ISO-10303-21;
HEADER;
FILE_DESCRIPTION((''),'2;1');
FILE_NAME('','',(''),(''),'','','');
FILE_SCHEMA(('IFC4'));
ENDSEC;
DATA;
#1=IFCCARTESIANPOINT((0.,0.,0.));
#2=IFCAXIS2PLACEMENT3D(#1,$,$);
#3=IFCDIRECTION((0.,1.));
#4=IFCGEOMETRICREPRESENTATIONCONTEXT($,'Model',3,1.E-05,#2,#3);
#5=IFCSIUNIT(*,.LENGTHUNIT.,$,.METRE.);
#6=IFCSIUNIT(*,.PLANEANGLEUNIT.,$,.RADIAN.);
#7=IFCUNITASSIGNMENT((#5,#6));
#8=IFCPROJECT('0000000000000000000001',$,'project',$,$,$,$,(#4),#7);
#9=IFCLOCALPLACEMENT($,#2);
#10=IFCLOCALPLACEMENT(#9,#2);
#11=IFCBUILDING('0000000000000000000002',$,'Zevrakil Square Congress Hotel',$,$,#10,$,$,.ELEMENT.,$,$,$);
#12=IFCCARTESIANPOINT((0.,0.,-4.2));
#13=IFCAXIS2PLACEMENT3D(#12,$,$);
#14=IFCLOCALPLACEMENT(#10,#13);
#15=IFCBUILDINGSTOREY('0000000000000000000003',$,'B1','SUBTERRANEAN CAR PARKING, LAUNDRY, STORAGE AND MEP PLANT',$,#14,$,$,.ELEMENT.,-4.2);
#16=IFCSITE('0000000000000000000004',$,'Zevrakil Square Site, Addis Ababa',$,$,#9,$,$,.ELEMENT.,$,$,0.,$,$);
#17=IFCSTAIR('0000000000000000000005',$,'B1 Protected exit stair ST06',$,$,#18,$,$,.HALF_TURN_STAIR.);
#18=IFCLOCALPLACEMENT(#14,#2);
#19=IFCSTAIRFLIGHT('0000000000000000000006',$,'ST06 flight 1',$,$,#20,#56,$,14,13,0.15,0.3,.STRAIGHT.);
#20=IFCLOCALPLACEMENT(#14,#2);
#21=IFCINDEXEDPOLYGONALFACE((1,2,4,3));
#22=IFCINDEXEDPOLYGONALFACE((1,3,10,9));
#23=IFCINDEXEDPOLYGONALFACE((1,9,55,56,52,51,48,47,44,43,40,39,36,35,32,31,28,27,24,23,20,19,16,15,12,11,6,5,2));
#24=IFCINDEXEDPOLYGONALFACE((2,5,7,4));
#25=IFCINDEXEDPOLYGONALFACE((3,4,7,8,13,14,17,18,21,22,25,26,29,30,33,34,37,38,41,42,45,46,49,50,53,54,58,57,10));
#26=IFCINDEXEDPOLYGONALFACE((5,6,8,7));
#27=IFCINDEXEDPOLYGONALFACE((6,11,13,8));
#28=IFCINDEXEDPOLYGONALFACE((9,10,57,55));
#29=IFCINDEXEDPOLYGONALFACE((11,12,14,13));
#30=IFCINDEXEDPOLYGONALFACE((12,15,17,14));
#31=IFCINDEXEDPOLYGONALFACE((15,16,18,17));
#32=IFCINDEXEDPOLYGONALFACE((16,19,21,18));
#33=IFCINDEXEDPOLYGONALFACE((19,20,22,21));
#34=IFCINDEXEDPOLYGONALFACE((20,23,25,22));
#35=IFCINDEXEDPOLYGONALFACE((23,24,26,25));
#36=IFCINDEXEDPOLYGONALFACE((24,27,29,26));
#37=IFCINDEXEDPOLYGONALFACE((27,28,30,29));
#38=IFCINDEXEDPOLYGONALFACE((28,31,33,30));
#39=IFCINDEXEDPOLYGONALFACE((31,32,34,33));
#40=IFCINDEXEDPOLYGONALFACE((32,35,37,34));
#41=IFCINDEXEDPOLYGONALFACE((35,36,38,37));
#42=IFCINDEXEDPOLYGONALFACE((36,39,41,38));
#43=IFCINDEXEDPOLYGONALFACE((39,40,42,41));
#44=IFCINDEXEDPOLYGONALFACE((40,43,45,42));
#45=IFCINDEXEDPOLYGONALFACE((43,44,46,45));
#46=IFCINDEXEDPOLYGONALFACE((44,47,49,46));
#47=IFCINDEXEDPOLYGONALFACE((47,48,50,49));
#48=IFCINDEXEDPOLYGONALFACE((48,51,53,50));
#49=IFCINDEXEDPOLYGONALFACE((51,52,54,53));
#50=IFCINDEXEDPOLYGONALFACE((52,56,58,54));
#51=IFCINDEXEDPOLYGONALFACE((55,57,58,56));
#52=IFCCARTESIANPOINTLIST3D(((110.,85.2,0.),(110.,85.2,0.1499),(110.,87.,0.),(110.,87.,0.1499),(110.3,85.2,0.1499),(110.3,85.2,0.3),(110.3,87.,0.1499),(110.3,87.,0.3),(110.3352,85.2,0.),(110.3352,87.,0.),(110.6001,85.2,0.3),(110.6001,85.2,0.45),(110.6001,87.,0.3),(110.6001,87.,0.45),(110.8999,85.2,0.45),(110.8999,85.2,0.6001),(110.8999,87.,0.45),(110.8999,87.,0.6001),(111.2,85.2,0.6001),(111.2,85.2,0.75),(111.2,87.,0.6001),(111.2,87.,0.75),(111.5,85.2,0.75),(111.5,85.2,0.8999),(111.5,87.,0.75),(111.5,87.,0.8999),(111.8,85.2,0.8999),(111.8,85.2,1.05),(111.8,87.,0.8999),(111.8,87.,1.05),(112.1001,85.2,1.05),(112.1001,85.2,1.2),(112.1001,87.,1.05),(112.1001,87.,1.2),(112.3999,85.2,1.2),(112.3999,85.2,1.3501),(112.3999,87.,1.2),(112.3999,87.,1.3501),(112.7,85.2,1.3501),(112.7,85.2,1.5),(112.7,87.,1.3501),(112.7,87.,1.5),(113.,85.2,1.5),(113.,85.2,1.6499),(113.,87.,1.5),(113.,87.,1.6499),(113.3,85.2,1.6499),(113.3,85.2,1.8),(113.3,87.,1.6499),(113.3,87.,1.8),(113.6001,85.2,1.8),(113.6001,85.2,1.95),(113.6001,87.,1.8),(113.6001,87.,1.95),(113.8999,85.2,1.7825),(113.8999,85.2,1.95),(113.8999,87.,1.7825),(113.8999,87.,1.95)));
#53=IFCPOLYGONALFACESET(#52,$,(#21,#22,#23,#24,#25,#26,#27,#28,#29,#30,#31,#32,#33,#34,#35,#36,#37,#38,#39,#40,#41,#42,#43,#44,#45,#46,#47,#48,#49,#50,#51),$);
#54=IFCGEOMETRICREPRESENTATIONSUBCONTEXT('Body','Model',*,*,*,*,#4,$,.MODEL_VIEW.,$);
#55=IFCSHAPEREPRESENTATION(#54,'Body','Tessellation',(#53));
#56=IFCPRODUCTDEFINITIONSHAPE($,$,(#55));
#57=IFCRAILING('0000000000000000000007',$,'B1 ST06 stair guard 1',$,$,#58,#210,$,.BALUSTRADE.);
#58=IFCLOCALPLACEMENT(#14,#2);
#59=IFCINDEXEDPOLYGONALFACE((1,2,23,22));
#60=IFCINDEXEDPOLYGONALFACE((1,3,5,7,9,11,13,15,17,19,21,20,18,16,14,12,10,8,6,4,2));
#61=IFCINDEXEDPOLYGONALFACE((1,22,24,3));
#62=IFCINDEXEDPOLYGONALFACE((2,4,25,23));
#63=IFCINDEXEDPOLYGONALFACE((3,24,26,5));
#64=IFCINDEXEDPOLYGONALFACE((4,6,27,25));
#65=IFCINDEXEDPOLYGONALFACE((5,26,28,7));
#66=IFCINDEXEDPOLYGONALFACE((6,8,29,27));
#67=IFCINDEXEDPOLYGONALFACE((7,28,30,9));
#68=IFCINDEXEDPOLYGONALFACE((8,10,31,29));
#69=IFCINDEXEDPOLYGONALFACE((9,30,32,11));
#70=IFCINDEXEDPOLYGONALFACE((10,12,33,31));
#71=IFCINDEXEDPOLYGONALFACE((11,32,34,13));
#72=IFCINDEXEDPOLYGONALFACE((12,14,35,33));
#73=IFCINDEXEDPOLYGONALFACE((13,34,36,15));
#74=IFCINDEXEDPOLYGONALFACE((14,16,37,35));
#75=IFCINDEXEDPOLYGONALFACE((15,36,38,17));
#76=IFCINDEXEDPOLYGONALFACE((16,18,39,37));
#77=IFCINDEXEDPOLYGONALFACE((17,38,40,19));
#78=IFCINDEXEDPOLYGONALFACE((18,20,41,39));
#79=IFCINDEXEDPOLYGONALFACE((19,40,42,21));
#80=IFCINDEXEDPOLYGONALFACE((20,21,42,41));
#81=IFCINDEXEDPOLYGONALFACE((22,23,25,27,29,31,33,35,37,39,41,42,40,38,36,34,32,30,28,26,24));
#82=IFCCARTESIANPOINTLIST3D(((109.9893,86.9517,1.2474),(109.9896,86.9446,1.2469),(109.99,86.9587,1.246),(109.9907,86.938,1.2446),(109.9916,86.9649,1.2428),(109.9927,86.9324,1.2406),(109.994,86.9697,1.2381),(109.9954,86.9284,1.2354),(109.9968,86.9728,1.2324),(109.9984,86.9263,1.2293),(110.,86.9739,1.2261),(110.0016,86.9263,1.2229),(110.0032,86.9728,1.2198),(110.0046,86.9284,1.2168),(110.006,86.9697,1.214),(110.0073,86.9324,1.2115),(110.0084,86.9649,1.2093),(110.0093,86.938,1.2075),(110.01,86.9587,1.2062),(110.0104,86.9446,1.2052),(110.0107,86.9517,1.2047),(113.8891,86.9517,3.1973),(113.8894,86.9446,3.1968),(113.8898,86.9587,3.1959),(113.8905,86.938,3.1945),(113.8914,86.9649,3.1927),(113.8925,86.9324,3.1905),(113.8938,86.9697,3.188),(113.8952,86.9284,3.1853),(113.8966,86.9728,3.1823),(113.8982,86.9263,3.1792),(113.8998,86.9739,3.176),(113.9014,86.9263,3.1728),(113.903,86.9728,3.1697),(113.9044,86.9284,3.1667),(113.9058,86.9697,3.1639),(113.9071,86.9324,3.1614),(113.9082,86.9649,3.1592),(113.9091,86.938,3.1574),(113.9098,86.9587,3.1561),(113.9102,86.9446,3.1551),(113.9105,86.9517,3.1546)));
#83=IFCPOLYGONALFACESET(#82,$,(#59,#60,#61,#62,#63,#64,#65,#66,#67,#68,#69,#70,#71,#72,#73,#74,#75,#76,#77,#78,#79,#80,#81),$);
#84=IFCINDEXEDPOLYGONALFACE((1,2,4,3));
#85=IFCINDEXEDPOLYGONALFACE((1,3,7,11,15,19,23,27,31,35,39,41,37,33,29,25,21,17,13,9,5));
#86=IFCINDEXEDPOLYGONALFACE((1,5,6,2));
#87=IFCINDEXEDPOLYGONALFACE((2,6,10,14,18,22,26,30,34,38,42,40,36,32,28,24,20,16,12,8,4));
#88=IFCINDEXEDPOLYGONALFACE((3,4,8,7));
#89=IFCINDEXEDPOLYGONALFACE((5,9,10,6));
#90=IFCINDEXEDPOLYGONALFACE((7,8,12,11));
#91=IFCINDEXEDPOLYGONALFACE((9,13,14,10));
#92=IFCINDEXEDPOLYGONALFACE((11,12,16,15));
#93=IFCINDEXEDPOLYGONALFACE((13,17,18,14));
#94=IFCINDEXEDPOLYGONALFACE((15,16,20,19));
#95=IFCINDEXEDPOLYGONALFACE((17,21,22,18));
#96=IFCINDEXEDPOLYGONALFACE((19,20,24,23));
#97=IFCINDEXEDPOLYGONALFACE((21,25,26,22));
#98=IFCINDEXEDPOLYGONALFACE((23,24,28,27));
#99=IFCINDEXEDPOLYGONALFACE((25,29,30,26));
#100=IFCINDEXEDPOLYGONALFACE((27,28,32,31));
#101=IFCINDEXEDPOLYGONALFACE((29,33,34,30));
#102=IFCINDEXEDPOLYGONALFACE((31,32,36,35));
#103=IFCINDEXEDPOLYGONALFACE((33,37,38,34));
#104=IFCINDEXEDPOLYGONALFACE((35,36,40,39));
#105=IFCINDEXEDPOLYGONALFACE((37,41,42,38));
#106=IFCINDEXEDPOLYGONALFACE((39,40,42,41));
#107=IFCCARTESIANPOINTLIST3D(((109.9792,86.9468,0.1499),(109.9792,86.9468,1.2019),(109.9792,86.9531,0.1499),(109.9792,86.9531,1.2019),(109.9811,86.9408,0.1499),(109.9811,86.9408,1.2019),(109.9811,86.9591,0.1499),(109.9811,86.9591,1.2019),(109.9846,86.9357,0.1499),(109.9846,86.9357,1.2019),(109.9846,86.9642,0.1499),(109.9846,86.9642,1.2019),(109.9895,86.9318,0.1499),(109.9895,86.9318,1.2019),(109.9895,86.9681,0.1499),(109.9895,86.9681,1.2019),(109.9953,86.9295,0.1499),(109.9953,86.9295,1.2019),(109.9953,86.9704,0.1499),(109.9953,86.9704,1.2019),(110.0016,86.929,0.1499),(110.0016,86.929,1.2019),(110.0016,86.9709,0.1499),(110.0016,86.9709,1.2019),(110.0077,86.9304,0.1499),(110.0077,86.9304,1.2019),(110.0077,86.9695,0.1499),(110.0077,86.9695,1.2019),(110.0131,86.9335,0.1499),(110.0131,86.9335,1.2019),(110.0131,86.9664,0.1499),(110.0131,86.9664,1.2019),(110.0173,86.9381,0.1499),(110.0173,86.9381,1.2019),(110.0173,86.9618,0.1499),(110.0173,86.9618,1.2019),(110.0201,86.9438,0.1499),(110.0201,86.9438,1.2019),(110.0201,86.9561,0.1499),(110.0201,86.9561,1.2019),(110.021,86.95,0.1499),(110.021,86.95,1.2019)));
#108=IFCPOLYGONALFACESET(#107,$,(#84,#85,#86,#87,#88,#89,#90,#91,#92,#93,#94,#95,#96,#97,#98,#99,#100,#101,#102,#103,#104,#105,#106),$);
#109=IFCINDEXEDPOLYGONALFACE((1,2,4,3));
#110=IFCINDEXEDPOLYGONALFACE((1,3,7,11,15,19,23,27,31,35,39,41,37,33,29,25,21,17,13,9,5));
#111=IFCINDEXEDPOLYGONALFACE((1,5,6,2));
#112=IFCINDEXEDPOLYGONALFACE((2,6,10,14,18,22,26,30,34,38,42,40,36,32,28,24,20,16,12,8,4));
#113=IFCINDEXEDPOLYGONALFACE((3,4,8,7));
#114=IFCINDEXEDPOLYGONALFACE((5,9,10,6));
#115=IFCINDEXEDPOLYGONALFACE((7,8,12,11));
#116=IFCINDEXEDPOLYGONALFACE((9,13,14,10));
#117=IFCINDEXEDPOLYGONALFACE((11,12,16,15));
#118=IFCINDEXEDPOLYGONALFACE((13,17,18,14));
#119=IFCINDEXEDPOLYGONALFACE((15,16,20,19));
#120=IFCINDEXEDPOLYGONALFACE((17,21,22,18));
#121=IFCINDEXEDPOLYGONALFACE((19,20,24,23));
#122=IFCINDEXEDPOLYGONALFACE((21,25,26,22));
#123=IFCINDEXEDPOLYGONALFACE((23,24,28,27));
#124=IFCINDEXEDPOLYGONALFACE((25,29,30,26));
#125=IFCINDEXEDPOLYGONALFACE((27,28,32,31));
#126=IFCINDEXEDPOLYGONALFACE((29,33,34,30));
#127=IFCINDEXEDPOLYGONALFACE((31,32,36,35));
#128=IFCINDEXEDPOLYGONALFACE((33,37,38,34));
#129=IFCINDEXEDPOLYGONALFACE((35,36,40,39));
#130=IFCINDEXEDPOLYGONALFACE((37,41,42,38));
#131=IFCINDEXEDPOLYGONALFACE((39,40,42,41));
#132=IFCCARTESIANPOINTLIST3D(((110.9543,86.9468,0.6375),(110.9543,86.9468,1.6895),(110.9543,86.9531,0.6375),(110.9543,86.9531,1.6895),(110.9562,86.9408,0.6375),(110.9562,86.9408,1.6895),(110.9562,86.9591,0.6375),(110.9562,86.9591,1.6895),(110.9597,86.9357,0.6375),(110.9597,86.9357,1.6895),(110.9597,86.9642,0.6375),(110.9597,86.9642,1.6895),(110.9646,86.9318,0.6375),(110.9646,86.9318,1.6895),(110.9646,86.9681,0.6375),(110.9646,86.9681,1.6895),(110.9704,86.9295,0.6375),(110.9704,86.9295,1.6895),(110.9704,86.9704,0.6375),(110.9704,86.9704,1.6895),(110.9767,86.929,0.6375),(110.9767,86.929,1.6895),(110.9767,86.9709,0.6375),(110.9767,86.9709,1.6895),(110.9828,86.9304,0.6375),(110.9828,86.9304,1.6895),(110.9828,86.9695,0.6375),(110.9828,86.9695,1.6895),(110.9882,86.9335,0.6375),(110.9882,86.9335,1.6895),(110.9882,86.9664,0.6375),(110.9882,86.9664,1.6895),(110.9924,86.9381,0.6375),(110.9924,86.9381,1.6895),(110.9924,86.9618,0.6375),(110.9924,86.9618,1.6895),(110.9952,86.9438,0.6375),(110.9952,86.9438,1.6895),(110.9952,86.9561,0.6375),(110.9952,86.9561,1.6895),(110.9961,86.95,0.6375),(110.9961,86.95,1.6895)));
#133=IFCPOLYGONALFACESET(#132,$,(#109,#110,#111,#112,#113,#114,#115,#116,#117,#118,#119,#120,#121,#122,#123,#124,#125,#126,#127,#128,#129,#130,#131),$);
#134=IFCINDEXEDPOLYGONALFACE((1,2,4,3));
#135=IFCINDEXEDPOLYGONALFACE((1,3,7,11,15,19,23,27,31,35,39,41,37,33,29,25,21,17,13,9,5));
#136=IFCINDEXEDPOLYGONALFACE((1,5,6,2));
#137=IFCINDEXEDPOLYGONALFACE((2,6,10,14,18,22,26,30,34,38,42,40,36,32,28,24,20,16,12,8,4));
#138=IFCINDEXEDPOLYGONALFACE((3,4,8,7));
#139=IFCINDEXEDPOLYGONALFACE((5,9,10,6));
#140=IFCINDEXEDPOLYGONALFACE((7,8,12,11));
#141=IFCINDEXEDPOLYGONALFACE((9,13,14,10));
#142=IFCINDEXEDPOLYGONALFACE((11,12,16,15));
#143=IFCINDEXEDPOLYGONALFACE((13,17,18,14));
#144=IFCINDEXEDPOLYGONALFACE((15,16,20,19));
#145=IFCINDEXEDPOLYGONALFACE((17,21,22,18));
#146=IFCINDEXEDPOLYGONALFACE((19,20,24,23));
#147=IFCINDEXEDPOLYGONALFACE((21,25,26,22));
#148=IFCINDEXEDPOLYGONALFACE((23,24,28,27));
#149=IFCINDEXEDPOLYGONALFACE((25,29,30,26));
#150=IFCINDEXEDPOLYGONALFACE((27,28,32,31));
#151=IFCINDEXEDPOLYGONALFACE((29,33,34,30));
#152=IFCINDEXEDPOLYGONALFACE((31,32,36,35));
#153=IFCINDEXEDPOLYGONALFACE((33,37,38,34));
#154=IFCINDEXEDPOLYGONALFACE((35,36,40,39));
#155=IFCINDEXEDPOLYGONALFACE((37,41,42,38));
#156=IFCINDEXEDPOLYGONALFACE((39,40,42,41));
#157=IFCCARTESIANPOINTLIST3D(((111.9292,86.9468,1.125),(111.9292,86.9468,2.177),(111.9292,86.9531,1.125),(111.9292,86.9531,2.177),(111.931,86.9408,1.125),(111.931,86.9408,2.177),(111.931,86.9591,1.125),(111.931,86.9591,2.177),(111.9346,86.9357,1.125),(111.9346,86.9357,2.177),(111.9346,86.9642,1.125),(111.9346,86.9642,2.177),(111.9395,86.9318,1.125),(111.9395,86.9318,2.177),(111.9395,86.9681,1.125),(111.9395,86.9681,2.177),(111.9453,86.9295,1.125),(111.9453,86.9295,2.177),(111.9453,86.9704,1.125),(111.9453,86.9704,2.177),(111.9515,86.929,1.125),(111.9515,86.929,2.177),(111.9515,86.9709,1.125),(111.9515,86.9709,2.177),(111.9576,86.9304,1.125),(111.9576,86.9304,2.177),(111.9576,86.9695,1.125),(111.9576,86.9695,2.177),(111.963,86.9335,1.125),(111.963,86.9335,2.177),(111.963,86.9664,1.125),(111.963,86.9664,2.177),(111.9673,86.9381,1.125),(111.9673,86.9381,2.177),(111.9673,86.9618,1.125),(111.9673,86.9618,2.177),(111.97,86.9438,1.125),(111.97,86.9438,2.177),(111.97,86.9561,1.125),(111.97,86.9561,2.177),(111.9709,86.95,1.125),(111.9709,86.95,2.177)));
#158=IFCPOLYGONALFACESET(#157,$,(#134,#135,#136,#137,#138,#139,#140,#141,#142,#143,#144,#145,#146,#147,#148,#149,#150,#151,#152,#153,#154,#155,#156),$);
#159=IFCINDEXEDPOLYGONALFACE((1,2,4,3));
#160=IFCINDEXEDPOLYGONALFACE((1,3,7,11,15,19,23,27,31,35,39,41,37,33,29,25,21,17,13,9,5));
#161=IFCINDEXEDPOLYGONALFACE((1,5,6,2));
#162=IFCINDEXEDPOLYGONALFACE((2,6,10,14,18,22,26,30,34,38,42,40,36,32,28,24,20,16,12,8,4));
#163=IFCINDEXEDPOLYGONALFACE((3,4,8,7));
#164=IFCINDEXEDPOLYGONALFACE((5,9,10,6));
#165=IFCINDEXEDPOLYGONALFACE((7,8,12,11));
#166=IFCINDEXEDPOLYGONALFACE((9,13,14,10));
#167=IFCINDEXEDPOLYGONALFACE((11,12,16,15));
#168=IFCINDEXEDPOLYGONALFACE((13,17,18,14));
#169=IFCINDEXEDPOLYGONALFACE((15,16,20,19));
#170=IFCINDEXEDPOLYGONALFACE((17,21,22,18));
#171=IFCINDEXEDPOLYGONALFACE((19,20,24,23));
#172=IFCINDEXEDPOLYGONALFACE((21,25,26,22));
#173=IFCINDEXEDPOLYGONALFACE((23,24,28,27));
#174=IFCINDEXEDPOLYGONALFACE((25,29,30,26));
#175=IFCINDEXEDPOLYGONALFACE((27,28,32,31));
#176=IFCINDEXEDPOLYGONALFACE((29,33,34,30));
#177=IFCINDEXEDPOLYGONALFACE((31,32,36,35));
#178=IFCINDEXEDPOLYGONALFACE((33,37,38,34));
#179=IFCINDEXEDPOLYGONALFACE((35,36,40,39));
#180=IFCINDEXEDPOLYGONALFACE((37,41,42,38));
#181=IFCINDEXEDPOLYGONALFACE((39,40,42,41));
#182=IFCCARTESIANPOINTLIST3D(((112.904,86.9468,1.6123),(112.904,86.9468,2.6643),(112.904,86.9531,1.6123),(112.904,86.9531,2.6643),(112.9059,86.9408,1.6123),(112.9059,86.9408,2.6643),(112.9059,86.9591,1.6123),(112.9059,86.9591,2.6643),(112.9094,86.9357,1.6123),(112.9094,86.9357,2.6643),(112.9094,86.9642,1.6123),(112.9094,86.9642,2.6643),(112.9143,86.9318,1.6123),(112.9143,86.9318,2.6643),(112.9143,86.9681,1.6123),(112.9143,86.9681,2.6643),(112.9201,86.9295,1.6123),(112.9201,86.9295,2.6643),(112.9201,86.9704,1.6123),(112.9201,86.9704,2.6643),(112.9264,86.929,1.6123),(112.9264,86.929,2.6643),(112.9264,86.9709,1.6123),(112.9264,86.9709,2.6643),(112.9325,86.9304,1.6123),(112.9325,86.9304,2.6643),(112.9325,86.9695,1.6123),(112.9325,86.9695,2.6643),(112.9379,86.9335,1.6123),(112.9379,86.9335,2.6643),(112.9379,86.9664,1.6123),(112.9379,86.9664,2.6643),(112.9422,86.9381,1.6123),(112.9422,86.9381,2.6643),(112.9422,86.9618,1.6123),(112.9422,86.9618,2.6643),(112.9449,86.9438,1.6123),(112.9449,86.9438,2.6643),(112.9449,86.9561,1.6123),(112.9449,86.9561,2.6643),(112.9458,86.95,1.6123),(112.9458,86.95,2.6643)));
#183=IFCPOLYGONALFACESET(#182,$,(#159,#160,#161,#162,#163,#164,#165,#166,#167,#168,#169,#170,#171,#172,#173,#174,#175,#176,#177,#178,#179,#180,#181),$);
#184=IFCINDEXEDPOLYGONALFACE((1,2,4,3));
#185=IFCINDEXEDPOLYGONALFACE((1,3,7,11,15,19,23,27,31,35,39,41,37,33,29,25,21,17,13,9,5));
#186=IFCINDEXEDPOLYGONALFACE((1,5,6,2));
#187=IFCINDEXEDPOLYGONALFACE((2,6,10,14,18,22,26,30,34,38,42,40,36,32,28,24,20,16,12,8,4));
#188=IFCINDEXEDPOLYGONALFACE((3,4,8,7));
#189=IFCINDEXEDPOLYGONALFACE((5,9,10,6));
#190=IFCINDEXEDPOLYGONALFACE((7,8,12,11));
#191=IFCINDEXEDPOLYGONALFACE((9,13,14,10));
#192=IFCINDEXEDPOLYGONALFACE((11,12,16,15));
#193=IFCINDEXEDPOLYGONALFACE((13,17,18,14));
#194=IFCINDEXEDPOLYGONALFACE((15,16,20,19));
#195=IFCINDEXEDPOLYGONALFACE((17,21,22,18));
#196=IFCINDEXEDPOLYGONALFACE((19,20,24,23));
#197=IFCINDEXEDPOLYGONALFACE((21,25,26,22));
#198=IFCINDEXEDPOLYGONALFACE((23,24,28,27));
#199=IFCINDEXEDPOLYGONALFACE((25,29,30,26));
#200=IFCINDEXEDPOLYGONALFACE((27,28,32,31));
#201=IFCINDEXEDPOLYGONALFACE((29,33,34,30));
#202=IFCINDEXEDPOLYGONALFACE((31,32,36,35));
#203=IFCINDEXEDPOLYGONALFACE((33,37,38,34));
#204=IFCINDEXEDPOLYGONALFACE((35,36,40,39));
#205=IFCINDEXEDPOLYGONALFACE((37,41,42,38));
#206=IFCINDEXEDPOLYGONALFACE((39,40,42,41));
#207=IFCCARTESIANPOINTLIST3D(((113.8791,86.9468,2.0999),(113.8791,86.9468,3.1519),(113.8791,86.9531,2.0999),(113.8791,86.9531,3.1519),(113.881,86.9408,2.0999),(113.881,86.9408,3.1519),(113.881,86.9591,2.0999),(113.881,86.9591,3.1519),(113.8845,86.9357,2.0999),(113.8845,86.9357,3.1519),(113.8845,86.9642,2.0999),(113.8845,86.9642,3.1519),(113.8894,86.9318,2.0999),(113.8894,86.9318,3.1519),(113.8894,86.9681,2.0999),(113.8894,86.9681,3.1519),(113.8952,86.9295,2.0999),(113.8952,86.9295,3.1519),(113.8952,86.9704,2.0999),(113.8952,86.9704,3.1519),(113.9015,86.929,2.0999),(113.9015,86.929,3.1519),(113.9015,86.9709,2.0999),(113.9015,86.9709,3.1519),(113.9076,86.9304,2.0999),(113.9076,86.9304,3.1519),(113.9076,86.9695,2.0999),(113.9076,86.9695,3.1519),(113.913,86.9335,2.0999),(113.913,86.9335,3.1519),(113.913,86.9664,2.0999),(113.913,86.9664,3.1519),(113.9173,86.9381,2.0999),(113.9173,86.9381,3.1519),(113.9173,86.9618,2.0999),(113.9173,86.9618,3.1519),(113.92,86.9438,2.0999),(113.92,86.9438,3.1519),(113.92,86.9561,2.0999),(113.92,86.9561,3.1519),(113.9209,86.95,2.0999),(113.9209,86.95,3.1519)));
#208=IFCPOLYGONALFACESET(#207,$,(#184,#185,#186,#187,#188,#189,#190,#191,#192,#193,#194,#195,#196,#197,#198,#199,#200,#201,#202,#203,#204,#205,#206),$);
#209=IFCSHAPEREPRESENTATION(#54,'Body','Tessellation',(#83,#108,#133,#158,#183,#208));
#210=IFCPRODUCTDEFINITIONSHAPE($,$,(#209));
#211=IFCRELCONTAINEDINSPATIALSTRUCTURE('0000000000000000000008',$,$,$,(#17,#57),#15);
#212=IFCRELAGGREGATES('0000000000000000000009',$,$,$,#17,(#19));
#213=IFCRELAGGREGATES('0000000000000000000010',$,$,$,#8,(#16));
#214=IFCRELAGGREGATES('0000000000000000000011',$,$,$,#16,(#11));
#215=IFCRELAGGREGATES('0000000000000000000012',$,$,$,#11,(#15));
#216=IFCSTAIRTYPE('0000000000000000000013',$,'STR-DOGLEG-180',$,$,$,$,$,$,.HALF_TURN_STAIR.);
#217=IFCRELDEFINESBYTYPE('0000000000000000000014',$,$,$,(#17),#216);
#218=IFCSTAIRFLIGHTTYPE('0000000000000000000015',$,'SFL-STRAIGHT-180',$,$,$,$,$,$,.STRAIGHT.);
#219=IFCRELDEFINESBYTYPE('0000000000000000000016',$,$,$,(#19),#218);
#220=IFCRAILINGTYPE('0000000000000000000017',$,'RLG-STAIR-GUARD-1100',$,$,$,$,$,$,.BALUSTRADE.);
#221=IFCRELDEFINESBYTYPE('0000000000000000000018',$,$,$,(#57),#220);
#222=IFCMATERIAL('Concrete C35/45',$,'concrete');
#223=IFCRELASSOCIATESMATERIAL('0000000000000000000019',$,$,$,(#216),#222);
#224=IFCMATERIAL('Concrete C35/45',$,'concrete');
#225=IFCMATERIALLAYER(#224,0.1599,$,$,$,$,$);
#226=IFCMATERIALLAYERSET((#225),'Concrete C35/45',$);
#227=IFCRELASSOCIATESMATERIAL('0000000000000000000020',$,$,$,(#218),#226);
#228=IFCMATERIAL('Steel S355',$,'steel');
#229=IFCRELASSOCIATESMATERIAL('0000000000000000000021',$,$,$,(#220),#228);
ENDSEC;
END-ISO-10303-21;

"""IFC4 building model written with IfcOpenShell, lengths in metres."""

from ifc_helpers import new_model, si_unit, direction, frame, origin, origin_2d, place, context, subcontext, project, spatial, polyline, circle, outline, extrude, material, layer, layer_set, type_object, element, aggregate, save


model = new_model("IFC4")

# Units and contexts
model_context = context("Model", 3, precision=1e-05, world=origin(), true_north=direction((0.0, 1.0)))
body_context = subcontext(model_context, "Body", "Model", "MODEL_VIEW")
ifc_project = project(units=[si_unit("LENGTHUNIT", "METRE"), si_unit("PLANEANGLEUNIT", "RADIAN")], contexts=[model_context])

# Site, building, storey
site_placement = place(None, origin())
site = spatial("IfcSite", under=ifc_project, at=site_placement, Name="Zevrakil Square Site, Addis Ababa", CompositionType="ELEMENT", RefElevation=0.0)
building_placement = place(site_placement, origin())
building = spatial("IfcBuilding", under=site, at=building_placement, Name="Zevrakil Square Congress Hotel", CompositionType="ELEMENT")
storey_placement = place(building_placement, frame((0.0, 0.0, -4.2)))
storey = spatial("IfcBuildingStorey", under=building, at=storey_placement, Name="B1", Description="SUBTERRANEAN CAR PARKING, LAUNDRY, STORAGE AND MEP PLANT", CompositionType="ELEMENT", Elevation=-4.2)

# Stair, stair flight
ifc_material_1 = material(Name="Concrete C35/45", Category="concrete")
stair_type = type_object("IfcStairType", Name="STR-DOGLEG-180", PredefinedType="HALF_TURN_STAIR", material=ifc_material_1)
stair_placement = place(storey_placement, origin())
stair = element("IfcStair", 1, at=stair_placement, inside=storey, type_object=stair_type, Name="B1 Protected exit stair ST06", PredefinedType="HALF_TURN_STAIR")
ifc_material_2 = material(Name="Concrete C35/45", Category="concrete")
ifc_layer_1 = layer(ifc_material_2, 0.1599)
ifc_layer_set_1 = layer_set([ifc_layer_1], Name="Concrete C35/45")
stair_flight_type = type_object("IfcStairFlightType", Name="SFL-STRAIGHT-180", PredefinedType="STRAIGHT", material=ifc_layer_set_1)
stair_flight_placement = place(storey_placement, frame((110.0, 86.1001, 0.0), z_axis=(0.0, 0.0, 1.0), x_axis=(1.0, 0.0, 0.0)))
stair_flight = element("IfcStairFlight", 2, at=stair_flight_placement, type_object=stair_flight_type, Name="ST06 flight 1", NumberOfRisers=14, NumberOfTreads=13, PredefinedType="STRAIGHT", RiserHeight=0.15, TreadLength=0.3, context=body_context, shape_type="SweptSolid", body=[
    extrude(outline(polyline([(0.0, 0.0), (0.0, 0.1499), (0.3, 0.1499), (0.3, 0.3), (0.6001, 0.3), (0.6001, 0.45), (0.8999, 0.45), (0.8999, 0.6001), (1.2, 0.6001), (1.2, 0.75), (1.5, 0.75), (1.5, 0.8999), (1.8, 0.8999), (1.8, 1.05), (2.1001, 1.05), (2.1001, 1.2), (2.3999, 1.2), (2.3999, 1.3501), (2.7, 1.3501), (2.7, 1.5), (3.0, 1.5), (3.0, 1.6499), (3.3, 1.6499), (3.3, 1.8), (3.6001, 1.8), (3.6001, 1.95), (3.8999, 1.95), (3.8999, 2.1001), (3.8999, 1.7825), (0.3352, 0.0), (0.0, 0.0)])), frame((0.0, 0.8999, 0.0), z_axis=(0.0, -1.0, 0.0), x_axis=(1.0, 0.0, 0.0)), (0.0, 0.0, 1.0), 1.8),
])
aggregate(stair, [stair_flight])

# Railing
ifc_material_3 = material(Name="Steel S355", Category="steel")
railing_type_1 = type_object("IfcRailingType", Name="RLG-STAIR-GUARD-1100", PredefinedType="BALUSTRADE", material=ifc_material_3)
railing_1_placement = place(storey_placement, frame((110.0, 86.95, 0.1499)))
element("IfcRailing", 3, at=railing_1_placement, inside=storey, type_object=railing_type_1, Name="B1 ST06 stair guard 1", PredefinedType="BALUSTRADE", context=body_context, shape_type="SweptSolid", body=[
    extrude(circle(Radius=0.0239, at=origin_2d()), frame((0.0, 0.0, 1.0762), z_axis=(0.894427, 0.0, 0.447214), x_axis=(0.0, 1.0, 0.0)), (0.0, 0.0, 1.0), 4.3601),
    extrude(circle(Radius=0.021, at=origin_2d()), origin(), (0.0, 0.0, 1.0), 1.052),
    extrude(circle(Radius=0.021, at=origin_2d()), frame((0.9751, 0.0, 0.4875)), (0.0, 0.0, 1.0), 1.052),
    extrude(circle(Radius=0.021, at=origin_2d()), frame((1.95, 0.0, 0.9751)), (0.0, 0.0, 1.0), 1.052),
    extrude(circle(Radius=0.021, at=origin_2d()), frame((2.9248, 0.0, 1.4624)), (0.0, 0.0, 1.0), 1.052),
    extrude(circle(Radius=0.021, at=origin_2d()), frame((3.8999, 0.0, 1.95)), (0.0, 0.0, 1.0), 1.052),
])

save(model, "model.ifc")
